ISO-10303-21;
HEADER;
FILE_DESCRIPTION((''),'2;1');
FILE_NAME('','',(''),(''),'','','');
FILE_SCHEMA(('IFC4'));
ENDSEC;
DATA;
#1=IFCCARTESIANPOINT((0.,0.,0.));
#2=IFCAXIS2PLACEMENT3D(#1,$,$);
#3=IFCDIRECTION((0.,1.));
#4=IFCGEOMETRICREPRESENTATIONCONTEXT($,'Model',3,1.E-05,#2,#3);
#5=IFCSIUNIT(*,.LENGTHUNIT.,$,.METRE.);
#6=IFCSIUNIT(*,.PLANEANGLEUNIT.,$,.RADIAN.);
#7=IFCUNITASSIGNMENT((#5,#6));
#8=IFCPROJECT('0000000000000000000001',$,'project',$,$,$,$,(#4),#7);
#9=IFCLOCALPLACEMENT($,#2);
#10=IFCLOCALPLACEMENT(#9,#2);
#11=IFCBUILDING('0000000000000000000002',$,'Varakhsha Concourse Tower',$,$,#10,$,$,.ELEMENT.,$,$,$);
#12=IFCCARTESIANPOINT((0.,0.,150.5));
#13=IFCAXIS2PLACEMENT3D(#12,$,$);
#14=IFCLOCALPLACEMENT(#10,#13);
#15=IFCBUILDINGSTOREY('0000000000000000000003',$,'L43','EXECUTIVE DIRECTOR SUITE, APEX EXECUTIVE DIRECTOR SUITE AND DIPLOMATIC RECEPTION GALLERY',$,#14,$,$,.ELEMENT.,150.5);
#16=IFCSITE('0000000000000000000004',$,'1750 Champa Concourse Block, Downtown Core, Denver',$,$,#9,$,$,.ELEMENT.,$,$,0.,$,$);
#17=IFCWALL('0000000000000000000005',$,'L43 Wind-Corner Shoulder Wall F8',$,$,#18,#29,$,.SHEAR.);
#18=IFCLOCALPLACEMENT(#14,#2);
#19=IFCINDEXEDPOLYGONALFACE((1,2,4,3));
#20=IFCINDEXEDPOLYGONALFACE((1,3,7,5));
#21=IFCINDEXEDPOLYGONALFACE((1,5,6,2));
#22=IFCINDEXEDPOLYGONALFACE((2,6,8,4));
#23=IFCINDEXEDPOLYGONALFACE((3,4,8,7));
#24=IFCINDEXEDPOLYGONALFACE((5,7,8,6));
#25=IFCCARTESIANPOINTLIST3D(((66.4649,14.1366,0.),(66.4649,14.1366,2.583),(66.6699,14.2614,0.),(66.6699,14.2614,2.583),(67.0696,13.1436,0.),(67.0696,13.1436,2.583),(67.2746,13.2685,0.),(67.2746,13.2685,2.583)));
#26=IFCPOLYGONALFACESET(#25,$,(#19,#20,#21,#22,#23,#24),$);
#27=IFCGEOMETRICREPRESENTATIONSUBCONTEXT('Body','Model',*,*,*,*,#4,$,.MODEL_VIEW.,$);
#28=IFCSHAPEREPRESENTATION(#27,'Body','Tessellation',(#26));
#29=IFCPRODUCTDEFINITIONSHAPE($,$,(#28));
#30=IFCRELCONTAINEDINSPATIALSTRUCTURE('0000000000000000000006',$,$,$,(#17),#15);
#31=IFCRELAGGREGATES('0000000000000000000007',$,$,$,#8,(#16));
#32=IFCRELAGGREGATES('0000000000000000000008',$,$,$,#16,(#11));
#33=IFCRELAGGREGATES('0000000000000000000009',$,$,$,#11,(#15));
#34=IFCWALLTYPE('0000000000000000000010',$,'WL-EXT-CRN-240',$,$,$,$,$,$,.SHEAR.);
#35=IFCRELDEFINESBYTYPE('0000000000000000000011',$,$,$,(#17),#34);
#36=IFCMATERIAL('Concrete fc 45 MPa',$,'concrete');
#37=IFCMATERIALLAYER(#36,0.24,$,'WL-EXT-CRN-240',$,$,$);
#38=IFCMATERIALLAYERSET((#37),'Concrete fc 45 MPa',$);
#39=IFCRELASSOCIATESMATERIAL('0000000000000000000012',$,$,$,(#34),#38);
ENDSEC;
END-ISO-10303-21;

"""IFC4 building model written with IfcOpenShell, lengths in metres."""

from ifc_helpers import new_model, si_unit, direction, frame, frame_2d, origin, place, context, subcontext, project, spatial, rectangle, extrude, material, layer, layer_set, type_object, element, save


model = new_model("IFC4")

# Units and contexts
model_context = context("Model", 3, precision=1e-05, world=origin(), true_north=direction((0.0, 1.0)))
body_context = subcontext(model_context, "Body", "Model", "MODEL_VIEW")
ifc_project = project(units=[si_unit("LENGTHUNIT", "METRE"), si_unit("PLANEANGLEUNIT", "RADIAN")], contexts=[model_context])

# Site, building, storey
site_placement = place(None, origin())
site = spatial("IfcSite", under=ifc_project, at=site_placement, Name="1750 Champa Concourse Block, Downtown Core, Denver", CompositionType="ELEMENT", RefElevation=0.0)
building_placement = place(site_placement, origin())
building = spatial("IfcBuilding", under=site, at=building_placement, Name="Varakhsha Concourse Tower", CompositionType="ELEMENT")
storey_placement = place(building_placement, frame((0.0, 0.0, 150.5)))
storey = spatial("IfcBuildingStorey", under=building, at=storey_placement, Name="L43", Description="EXECUTIVE DIRECTOR SUITE, APEX EXECUTIVE DIRECTOR SUITE AND DIPLOMATIC RECEPTION GALLERY", CompositionType="ELEMENT", Elevation=150.5)

# Wall
ifc_material_1 = material(Name="Concrete fc 45 MPa", Category="concrete")
ifc_layer_1 = layer(ifc_material_1, 0.24, Name="WL-EXT-CRN-240")
ifc_layer_set_1 = layer_set([ifc_layer_1], Name="Concrete fc 45 MPa")
wall_type = type_object("IfcWallType", Name="WL-EXT-CRN-240", PredefinedType="SHEAR", material=ifc_layer_set_1)
wall_1_placement = place(storey_placement, frame((67.1721, 13.2061, 0.0), z_axis=(0.0, 0.0, 1.0), x_axis=(-0.520167, 0.854065, 0.0)))
element("IfcWall", 1, at=wall_1_placement, inside=storey, type_object=wall_type, Name="L43 Wind-Corner Shoulder Wall F8", PredefinedType="SHEAR", context=body_context, shape_type="SweptSolid", body=[
    extrude(rectangle(XDim=1.1626, YDim=0.24, at=frame_2d((0.5813, 0.0))), origin(), (0.0, 0.0, 1.0), 2.583),
])

save(model, "model.ifc")
